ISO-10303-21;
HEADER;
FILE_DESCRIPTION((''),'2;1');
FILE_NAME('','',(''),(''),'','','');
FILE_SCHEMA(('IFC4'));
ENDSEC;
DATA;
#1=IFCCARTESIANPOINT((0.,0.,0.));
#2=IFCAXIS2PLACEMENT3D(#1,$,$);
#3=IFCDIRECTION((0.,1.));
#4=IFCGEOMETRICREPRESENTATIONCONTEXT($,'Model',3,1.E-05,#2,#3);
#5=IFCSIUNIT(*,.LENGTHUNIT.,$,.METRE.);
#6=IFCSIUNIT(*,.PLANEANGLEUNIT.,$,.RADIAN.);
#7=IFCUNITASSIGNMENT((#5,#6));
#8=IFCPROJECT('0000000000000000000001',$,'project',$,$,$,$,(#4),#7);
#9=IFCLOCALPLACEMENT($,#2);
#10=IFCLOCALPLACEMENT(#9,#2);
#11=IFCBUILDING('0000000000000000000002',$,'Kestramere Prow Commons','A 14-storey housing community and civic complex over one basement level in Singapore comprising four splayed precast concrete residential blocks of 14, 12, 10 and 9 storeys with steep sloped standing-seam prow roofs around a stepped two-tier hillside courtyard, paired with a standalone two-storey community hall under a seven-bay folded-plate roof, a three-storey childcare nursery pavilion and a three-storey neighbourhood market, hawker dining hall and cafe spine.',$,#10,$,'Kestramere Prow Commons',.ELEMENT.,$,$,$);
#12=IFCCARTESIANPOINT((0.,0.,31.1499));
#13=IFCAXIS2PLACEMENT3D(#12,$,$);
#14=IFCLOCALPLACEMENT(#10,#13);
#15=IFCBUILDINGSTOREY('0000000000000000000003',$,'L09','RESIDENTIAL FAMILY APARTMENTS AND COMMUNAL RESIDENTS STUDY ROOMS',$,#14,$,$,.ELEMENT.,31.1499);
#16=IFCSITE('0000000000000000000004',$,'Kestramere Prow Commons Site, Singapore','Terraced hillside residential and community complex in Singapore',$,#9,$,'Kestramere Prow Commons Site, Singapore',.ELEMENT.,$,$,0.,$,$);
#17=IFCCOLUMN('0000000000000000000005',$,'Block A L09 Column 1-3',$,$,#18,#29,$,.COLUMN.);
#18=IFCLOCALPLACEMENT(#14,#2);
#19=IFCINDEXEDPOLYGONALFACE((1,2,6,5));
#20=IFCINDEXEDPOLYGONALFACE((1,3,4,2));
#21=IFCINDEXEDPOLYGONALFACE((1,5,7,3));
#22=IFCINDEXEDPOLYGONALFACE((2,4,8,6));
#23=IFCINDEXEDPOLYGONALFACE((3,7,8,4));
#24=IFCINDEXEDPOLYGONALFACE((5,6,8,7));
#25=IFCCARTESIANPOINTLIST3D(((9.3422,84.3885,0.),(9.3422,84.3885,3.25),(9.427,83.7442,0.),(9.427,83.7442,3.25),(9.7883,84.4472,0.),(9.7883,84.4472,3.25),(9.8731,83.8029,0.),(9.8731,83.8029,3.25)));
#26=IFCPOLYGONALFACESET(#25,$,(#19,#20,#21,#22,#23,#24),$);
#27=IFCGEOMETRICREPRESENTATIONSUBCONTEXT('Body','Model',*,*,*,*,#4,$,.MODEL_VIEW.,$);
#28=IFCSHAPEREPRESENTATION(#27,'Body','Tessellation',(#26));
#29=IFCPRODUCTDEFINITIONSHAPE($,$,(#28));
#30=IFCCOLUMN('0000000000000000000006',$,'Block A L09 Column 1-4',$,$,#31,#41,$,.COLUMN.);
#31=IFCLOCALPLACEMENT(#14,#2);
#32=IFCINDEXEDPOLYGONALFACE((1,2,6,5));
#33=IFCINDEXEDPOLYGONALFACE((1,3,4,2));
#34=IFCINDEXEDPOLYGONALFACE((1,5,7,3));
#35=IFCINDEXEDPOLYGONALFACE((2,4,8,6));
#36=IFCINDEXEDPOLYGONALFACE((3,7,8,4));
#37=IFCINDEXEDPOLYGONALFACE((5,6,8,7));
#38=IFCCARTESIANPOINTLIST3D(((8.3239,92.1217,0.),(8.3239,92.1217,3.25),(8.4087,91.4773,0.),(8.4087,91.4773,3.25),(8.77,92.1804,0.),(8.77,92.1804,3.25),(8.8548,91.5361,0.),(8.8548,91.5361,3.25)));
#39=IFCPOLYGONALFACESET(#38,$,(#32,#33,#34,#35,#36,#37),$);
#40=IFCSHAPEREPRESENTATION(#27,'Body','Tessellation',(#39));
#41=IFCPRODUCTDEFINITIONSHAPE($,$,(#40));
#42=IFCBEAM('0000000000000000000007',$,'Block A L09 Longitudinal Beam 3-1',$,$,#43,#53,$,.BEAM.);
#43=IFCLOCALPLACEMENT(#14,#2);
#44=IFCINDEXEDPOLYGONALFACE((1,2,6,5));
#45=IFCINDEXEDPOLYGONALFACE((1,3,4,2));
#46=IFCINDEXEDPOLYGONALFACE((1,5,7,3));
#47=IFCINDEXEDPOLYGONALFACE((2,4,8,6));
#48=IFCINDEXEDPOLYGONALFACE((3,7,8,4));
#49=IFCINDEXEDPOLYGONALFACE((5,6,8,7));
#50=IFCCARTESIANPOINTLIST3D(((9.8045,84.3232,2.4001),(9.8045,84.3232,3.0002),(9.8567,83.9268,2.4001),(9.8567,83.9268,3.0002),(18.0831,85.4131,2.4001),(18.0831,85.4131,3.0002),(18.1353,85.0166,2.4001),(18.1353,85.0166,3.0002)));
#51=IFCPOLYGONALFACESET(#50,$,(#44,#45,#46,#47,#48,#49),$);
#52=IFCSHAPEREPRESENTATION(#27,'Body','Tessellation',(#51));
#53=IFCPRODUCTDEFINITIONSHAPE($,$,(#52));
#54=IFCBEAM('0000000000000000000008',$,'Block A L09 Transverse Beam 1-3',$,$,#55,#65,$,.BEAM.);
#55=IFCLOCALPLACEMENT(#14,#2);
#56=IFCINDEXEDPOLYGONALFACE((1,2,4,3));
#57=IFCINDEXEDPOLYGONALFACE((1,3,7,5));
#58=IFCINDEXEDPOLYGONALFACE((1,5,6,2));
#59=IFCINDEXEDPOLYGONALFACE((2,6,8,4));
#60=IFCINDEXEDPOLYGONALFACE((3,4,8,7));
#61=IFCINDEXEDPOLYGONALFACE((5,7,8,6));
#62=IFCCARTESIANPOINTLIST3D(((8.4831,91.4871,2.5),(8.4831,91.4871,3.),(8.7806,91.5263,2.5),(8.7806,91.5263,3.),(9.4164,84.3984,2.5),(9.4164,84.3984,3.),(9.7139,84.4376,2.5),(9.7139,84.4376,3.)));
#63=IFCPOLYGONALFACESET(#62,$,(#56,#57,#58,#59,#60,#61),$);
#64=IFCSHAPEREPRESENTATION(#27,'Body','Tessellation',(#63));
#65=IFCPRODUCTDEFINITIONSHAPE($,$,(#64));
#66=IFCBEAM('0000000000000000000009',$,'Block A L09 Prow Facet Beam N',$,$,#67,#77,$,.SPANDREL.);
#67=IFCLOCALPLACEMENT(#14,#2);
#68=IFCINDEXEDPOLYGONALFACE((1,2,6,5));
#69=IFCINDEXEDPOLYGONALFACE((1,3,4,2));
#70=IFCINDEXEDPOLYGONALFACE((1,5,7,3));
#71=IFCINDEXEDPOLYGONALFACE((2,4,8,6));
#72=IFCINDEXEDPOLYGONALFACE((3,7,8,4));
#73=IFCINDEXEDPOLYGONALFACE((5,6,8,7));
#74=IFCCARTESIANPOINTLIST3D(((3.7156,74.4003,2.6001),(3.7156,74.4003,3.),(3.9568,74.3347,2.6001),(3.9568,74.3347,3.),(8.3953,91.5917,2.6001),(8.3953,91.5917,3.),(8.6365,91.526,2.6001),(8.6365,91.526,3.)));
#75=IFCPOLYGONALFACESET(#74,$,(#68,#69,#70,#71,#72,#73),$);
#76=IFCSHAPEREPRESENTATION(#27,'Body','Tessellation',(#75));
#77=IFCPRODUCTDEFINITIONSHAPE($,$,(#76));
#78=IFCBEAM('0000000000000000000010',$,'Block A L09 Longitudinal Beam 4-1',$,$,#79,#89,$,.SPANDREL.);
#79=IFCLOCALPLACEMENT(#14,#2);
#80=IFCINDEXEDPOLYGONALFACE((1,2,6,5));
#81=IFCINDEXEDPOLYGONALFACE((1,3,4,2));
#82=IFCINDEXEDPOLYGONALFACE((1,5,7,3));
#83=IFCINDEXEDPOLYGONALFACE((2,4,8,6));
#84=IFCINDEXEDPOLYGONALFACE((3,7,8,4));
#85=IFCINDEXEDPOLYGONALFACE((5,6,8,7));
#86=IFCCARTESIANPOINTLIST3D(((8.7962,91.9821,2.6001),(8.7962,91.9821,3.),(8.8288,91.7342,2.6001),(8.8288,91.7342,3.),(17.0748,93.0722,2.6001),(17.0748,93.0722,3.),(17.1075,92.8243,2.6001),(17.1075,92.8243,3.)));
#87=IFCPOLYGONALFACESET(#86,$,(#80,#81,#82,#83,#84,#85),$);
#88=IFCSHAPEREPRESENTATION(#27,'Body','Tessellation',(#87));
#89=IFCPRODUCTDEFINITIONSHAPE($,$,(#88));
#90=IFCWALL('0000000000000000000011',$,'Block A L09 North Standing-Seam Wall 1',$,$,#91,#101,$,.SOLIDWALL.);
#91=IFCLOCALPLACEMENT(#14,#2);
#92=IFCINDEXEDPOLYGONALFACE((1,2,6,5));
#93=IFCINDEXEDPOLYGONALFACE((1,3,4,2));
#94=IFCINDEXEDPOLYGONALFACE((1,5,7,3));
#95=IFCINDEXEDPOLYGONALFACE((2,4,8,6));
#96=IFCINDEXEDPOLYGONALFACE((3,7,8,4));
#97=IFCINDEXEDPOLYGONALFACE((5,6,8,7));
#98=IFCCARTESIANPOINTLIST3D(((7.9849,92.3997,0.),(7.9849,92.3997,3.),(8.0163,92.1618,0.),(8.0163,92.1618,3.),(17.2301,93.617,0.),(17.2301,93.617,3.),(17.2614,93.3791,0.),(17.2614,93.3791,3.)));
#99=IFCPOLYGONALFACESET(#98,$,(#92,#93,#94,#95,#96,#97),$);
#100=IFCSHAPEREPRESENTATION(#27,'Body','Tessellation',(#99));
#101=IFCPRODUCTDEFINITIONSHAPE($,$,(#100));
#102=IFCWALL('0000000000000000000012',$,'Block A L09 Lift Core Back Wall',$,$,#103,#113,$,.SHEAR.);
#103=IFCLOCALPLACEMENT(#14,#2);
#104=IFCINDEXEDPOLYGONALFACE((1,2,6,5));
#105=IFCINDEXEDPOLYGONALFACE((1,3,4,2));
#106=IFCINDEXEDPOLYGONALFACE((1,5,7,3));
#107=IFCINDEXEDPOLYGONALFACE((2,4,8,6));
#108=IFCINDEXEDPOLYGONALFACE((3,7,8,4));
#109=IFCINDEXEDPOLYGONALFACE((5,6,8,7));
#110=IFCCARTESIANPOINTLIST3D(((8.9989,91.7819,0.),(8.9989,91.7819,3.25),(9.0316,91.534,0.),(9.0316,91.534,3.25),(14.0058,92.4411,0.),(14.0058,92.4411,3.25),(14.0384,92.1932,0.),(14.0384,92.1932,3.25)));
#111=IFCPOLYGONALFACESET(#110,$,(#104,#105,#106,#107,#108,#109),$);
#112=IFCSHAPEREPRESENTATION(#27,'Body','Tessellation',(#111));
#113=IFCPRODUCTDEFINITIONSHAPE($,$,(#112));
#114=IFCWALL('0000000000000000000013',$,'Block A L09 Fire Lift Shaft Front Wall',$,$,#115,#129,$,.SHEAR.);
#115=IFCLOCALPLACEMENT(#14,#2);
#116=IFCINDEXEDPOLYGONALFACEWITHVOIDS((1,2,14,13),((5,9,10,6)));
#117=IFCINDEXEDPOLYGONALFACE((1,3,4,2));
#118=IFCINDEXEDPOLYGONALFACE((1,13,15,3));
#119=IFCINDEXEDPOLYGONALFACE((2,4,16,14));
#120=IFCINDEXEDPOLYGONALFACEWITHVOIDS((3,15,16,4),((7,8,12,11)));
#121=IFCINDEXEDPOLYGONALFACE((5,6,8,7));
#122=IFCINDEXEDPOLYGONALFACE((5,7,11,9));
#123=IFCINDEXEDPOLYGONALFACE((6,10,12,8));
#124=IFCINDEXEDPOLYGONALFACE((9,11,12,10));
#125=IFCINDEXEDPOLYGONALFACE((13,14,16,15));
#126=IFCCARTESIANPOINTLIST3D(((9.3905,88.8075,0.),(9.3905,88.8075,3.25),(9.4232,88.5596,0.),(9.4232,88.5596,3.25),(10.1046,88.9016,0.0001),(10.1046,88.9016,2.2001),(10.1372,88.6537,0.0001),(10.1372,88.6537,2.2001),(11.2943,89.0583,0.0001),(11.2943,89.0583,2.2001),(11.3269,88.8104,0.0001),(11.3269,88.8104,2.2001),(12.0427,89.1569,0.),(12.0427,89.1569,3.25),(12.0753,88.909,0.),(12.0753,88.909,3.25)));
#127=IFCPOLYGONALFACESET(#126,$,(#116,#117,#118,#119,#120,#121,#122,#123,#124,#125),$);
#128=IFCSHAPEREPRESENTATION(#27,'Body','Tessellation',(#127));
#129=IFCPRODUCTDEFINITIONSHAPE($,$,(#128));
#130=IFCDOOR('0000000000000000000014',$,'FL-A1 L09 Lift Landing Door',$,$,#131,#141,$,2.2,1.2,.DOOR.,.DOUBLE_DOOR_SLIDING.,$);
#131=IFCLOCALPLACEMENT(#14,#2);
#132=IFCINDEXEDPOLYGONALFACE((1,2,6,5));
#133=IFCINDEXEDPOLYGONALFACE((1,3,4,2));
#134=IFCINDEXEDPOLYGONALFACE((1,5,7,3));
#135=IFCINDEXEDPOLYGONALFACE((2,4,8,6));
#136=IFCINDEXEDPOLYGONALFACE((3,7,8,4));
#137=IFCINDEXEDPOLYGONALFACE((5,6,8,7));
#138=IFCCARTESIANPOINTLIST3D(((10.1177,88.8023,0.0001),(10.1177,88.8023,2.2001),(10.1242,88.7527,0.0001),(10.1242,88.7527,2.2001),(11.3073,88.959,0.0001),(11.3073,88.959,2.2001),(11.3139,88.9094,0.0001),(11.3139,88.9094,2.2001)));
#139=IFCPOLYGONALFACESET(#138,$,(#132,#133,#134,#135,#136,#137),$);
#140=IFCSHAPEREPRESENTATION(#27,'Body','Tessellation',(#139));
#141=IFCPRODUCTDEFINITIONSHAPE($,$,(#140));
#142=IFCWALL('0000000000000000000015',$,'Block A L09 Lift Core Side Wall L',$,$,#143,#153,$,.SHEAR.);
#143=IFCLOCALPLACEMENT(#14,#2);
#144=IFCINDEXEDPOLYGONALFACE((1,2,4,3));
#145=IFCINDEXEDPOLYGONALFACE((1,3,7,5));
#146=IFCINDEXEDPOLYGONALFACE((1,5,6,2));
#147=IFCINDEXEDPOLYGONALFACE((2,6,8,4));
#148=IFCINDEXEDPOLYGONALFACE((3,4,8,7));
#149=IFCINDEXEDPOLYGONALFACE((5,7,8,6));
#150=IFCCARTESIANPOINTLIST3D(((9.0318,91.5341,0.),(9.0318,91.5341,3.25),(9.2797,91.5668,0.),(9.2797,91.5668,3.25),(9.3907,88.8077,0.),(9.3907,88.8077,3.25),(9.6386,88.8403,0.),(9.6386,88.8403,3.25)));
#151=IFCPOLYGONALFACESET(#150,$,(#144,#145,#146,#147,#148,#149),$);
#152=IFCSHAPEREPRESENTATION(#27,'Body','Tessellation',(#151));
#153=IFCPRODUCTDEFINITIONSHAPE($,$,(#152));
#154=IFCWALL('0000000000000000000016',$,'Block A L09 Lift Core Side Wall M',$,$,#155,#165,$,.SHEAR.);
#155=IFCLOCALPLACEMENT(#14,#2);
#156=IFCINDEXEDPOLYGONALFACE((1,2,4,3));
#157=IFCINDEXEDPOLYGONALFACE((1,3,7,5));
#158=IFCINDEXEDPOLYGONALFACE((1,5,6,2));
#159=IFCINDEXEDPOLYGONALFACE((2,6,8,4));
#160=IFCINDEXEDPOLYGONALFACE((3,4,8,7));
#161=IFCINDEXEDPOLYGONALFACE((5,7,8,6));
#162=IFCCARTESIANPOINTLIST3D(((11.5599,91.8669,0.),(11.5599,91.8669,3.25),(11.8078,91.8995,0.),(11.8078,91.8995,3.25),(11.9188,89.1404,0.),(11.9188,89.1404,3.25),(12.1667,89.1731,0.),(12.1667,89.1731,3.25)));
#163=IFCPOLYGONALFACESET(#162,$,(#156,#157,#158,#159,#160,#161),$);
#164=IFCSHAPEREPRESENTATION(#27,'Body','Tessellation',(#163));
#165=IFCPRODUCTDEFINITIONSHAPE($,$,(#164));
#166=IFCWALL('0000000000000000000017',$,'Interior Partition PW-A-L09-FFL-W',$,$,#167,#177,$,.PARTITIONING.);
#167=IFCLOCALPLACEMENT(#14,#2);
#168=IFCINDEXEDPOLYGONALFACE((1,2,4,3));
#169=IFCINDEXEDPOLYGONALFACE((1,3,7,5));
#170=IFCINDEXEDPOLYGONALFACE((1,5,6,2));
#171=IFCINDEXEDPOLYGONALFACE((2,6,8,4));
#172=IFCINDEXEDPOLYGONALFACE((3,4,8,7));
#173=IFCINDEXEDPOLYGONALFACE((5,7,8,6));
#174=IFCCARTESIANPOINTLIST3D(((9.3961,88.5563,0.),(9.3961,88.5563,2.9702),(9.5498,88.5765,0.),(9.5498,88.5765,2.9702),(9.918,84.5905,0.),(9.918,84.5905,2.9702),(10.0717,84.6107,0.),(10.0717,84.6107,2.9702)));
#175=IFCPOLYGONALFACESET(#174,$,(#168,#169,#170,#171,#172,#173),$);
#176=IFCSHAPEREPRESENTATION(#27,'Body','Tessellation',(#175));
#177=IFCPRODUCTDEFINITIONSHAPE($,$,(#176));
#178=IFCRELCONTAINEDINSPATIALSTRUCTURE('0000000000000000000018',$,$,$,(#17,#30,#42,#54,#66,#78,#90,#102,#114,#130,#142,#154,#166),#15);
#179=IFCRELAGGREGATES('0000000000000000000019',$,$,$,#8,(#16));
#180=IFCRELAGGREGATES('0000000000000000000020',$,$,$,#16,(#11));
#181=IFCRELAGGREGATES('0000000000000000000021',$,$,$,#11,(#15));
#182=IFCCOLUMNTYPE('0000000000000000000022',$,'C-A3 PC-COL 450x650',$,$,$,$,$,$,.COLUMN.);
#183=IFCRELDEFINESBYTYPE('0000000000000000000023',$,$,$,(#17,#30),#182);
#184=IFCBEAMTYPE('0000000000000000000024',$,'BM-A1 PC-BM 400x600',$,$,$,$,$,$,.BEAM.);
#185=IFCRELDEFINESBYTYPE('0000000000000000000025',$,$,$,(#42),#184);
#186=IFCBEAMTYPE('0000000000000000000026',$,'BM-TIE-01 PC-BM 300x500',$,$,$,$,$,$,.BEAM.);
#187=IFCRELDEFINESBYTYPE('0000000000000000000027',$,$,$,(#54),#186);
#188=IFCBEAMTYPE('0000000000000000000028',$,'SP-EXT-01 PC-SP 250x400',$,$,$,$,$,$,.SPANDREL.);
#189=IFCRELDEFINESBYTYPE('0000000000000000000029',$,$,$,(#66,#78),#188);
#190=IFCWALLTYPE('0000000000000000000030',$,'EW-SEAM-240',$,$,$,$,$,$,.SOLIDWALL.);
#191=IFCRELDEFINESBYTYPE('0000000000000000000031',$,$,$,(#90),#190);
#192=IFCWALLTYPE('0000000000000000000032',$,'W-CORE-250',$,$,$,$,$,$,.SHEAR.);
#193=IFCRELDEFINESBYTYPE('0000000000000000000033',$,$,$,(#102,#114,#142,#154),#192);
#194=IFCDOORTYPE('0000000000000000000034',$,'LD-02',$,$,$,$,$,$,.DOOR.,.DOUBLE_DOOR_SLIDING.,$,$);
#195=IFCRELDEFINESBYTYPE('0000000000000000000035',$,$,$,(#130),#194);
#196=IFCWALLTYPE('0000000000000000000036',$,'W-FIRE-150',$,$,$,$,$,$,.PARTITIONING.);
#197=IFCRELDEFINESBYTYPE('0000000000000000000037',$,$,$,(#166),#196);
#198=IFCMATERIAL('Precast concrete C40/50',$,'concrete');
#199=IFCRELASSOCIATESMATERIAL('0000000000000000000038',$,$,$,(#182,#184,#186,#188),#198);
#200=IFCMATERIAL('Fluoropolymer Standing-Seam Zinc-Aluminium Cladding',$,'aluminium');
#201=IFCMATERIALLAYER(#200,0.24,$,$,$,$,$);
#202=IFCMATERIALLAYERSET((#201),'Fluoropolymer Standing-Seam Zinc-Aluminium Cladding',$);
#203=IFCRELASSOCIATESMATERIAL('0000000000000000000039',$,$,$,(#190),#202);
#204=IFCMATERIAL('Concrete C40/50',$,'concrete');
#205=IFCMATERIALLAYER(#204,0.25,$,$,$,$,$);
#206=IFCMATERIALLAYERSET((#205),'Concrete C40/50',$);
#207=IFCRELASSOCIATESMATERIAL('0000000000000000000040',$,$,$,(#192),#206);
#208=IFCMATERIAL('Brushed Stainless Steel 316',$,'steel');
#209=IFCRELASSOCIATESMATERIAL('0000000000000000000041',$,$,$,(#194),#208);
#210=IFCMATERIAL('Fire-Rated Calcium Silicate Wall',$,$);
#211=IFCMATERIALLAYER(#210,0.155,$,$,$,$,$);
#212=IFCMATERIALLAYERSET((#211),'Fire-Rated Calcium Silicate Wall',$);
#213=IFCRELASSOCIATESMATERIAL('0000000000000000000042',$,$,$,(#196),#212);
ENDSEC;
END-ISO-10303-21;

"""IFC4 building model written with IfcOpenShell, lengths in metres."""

from ifc_helpers import new_model, si_unit, direction, frame, frame_2d, origin, origin_2d, place, context, subcontext, project, spatial, rectangle, extrude, material, layer, layer_set, material_profile, profile_set, type_object, element, fill, save


model = new_model("IFC4")

# Units and contexts
model_context = context("Model", 3, precision=1e-05, world=origin(), true_north=direction((0.0, 1.0)))
body_context = subcontext(model_context, "Body", "Model", "MODEL_VIEW")
ifc_project = project(units=[si_unit("LENGTHUNIT", "METRE"), si_unit("PLANEANGLEUNIT", "RADIAN")], contexts=[model_context])

# Site, building, storey
site_placement = place(None, origin())
site = spatial("IfcSite", under=ifc_project, at=site_placement, Name="Kestramere Prow Commons Site, Singapore", Description="Terraced hillside residential and community complex in Singapore", LongName="Kestramere Prow Commons Site, Singapore", CompositionType="ELEMENT", RefElevation=0.0)
building_placement = place(site_placement, origin())
building = spatial("IfcBuilding", under=site, at=building_placement, Name="Kestramere Prow Commons", Description="A 14-storey housing community and civic complex over one basement level in Singapore comprising four splayed precast concrete residential blocks of 14, 12, 10 and 9 storeys with steep sloped standing-seam prow roofs around a stepped two-tier hillside courtyard, paired with a standalone two-storey community hall under a seven-bay folded-plate roof, a three-storey childcare nursery pavilion and a three-storey neighbourhood market, hawker dining hall and cafe spine.", LongName="Kestramere Prow Commons", CompositionType="ELEMENT")
storey_placement = place(building_placement, frame((0.0, 0.0, 31.1499)))
storey = spatial("IfcBuildingStorey", under=building, at=storey_placement, Name="L09", Description="RESIDENTIAL FAMILY APARTMENTS AND COMMUNAL RESIDENTS STUDY ROOMS", CompositionType="ELEMENT", Elevation=31.1499)

# Columns
ifc_material_1 = material(Name="Precast concrete C40/50", Category="concrete")
ifc_material_profile_1 = material_profile(ifc_material_1, rectangle(XDim=0.45, YDim=0.6499, at=origin_2d()), Name="PC-COL 450x650")
ifc_profile_set_1 = profile_set([ifc_material_profile_1], Name="Precast concrete C40/50")
column_type = type_object("IfcColumnType", Name="C-A3 PC-COL 450x650", PredefinedType="COLUMN", material=ifc_profile_set_1)
for number, where, z_axis, x_axis, name in (
    (1, (9.6077, 84.0957, 0.0), (0.0, 0.0, 1.0), (0.991445, 0.130526, 0.0), "Block A L09 Column 1-3"),
    (2, (8.5894, 91.8289, 0.0), (0.0, 0.0, 1.0), (0.991445, 0.130526, 0.0), "Block A L09 Column 1-4"),
):
    element("IfcColumn", number, at=place(storey_placement, frame(where, z_axis=z_axis, x_axis=x_axis)), inside=storey, type_object=column_type, Name=name, PredefinedType="COLUMN", context=body_context, shape_type="SweptSolid", body=[
        extrude(rectangle(XDim=0.45, YDim=0.6499, at=origin_2d()), origin(), (0.0, 0.0, 1.0), 3.25),
    ])

# Beams
ifc_material_profile_2 = material_profile(ifc_material_1, rectangle(XDim=0.3999, YDim=0.6001, at=origin_2d()), Name="PC-BM 400x600")
ifc_profile_set_2 = profile_set([ifc_material_profile_2], Name="Precast concrete C40/50")
beam_type_1 = type_object("IfcBeamType", Name="BM-A1 PC-BM 400x600", PredefinedType="BEAM", material=ifc_profile_set_2)
beam_1_placement = place(storey_placement, frame((9.8306, 84.125, 2.7002), z_axis=(0.991446, 0.13052, 0.0), x_axis=(-0.13052, 0.991446, 0.0)))
element("IfcBeam", 3, at=beam_1_placement, inside=storey, type_object=beam_type_1, Name="Block A L09 Longitudinal Beam 3-1", PredefinedType="BEAM", context=body_context, shape_type="SweptSolid", body=[
    extrude(rectangle(XDim=0.3999, YDim=0.6001, at=origin_2d()), origin(), (0.0, 0.0, 1.0), 8.3501),
])
ifc_material_profile_3 = material_profile(ifc_material_1, rectangle(XDim=0.3, YDim=0.5, at=origin_2d()), Name="PC-BM 300x500")
ifc_profile_set_3 = profile_set([ifc_material_profile_3], Name="Precast concrete C40/50")
beam_type_2 = type_object("IfcBeamType", Name="BM-TIE-01 PC-BM 300x500", PredefinedType="BEAM", material=ifc_profile_set_3)
beam_2_placement = place(storey_placement, frame((9.5652, 84.418, 2.75), z_axis=(-0.130542, 0.991443, 0.0), x_axis=(-0.991443, -0.130542, 0.0)))
element("IfcBeam", 4, at=beam_2_placement, inside=storey, type_object=beam_type_2, Name="Block A L09 Transverse Beam 1-3", PredefinedType="BEAM", context=body_context, shape_type="SweptSolid", body=[
    extrude(rectangle(XDim=0.3, YDim=0.5, at=origin_2d()), origin(), (0.0, 0.0, 1.0), 7.1499),
])
ifc_material_profile_4 = material_profile(ifc_material_1, rectangle(XDim=0.25, YDim=0.3999, at=origin_2d()), Name="PC-SP 250x400")
ifc_profile_set_4 = profile_set([ifc_material_profile_4], Name="Precast concrete C40/50")
beam_type_3 = type_object("IfcBeamType", Name="SP-EXT-01 PC-SP 250x400", PredefinedType="SPANDREL", material=ifc_profile_set_4)
beam_3_placement = place(storey_placement, frame((8.5159, 91.5588, 2.8), z_axis=(-0.262654, -0.96489, 0.0), x_axis=(0.96489, -0.262654, 0.0)))
element("IfcBeam", 5, at=beam_3_placement, inside=storey, type_object=beam_type_3, Name="Block A L09 Prow Facet Beam N", PredefinedType="SPANDREL", context=body_context, shape_type="SweptSolid", body=[
    extrude(rectangle(XDim=0.25, YDim=0.3999, at=origin_2d()), origin(), (0.0, 0.0, 1.0), 17.8169),
])
beam_4_placement = place(storey_placement, frame((8.8125, 91.8582, 2.8), z_axis=(0.991442, 0.130549, 0.0), x_axis=(-0.130549, 0.991442, 0.0)))
element("IfcBeam", 6, at=beam_4_placement, inside=storey, type_object=beam_type_3, Name="Block A L09 Longitudinal Beam 4-1", PredefinedType="SPANDREL", context=body_context, shape_type="SweptSolid", body=[
    extrude(rectangle(XDim=0.25, YDim=0.3999, at=origin_2d()), origin(), (0.0, 0.0, 1.0), 8.3501),
])

# Walls
ifc_material_2 = material(Name="Fluoropolymer Standing-Seam Zinc-Aluminium Cladding", Category="aluminium")
ifc_layer_1 = layer(ifc_material_2, 0.24)
ifc_layer_set_1 = layer_set([ifc_layer_1], Name="Fluoropolymer Standing-Seam Zinc-Aluminium Cladding")
wall_type_1 = type_object("IfcWallType", Name="EW-SEAM-240", PredefinedType="SOLIDWALL", material=ifc_layer_set_1)
wall_1_placement = place(storey_placement, frame((8.0005, 92.2808, 0.0), z_axis=(0.0, 0.0, 1.0), x_axis=(0.991443, 0.130541, 0.0)))
element("IfcWall", 7, at=wall_1_placement, inside=storey, type_object=wall_type_1, Name="Block A L09 North Standing-Seam Wall 1", PredefinedType="SOLIDWALL", context=body_context, shape_type="SweptSolid", body=[
    extrude(rectangle(XDim=9.325, YDim=0.24, at=frame_2d((4.6626, 0.0))), origin(), (0.0, 0.0, 1.0), 3.0),
])
ifc_material_3 = material(Name="Concrete C40/50", Category="concrete")
ifc_layer_2 = layer(ifc_material_3, 0.25)
ifc_layer_set_2 = layer_set([ifc_layer_2], Name="Concrete C40/50")
wall_type_2 = type_object("IfcWallType", Name="W-CORE-250", PredefinedType="SHEAR", material=ifc_layer_set_2)
wall_2_placement = place(storey_placement, frame((9.0154, 91.658, 0.0), z_axis=(0.0, 0.0, 1.0), x_axis=(0.991444, 0.13053, 0.0)))
element("IfcWall", 8, at=wall_2_placement, inside=storey, type_object=wall_type_2, Name="Block A L09 Lift Core Back Wall", PredefinedType="SHEAR", context=body_context, shape_type="SweptSolid", body=[
    extrude(rectangle(XDim=5.05, YDim=0.25, at=frame_2d((2.5249, 0.0))), origin(), (0.0, 0.0, 1.0), 3.25),
])

# Wall, opening, door
wall_3_placement = place(storey_placement, frame((9.407, 88.6836, 0.0), z_axis=(0.0, 0.0, 1.0), x_axis=(0.991435, 0.130603, 0.0)))
wall_3 = element("IfcWall", 9, at=wall_3_placement, inside=storey, type_object=wall_type_2, Name="Block A L09 Fire Lift Shaft Front Wall", PredefinedType="SHEAR", context=body_context, shape_type="SweptSolid", body=[
    extrude(rectangle(XDim=2.675, YDim=0.25, at=frame_2d((1.3374, 0.0))), origin(), (0.0, 0.0, 1.0), 3.25),
])
opening_1_placement = place(wall_3_placement, frame((0.72, 0.0, 0.0)))
opening_1 = element("IfcOpeningElement", 10, at=opening_1_placement, cuts=wall_3, PredefinedType="OPENING", context=body_context, shape_type="SweptSolid", body=[
    extrude(rectangle(XDim=1.2, YDim=2.2, at=frame_2d((0.6001, 1.1001))), frame((0.0, 0.1399, 0.0), z_axis=(0.0, -1.0, 0.0), x_axis=(1.0, 0.0, 0.0)), (0.0, 0.0, 1.0), 0.28),
])
ifc_material_4 = material(Name="Brushed Stainless Steel 316", Category="steel")
door_type_1 = type_object("IfcDoorType", Name="LD-02", OperationType="DOUBLE_DOOR_SLIDING", PredefinedType="DOOR", material=ifc_material_4)
door_1_placement = place(opening_1_placement, origin())
door_1 = element("IfcDoor", 11, at=door_1_placement, inside=storey, type_object=door_type_1, Name="FL-A1 L09 Lift Landing Door", OperationType="DOUBLE_DOOR_SLIDING", OverallHeight=2.2, OverallWidth=1.2, PredefinedType="DOOR", context=body_context, shape_type="SweptSolid", body=[
    extrude(rectangle(XDim=1.2, YDim=2.2, at=frame_2d((0.6001, 1.1001))), frame((0.0, 0.0249, 0.0), z_axis=(0.0, -1.0, 0.0), x_axis=(1.0, 0.0, 0.0)), (0.0, 0.0, 1.0), 0.05),
])
fill(opening_1, door_1)

# Walls
for number, where, z_axis, x_axis, name in (
    (12, (9.5146, 88.824, 0.0), (0.0, 0.0, 1.0), (-0.1305, 0.991448, 0.0), "Block A L09 Lift Core Side Wall L"),
    (13, (12.0427, 89.1567, 0.0), (0.0, 0.0, 1.0), (-0.1305, 0.991448, 0.0), "Block A L09 Lift Core Side Wall M"),
):
    element("IfcWall", number, at=place(storey_placement, frame(where, z_axis=z_axis, x_axis=x_axis)), inside=storey, type_object=wall_type_2, Name=name, PredefinedType="SHEAR", context=body_context, shape_type="SweptSolid", body=[
        extrude(rectangle(XDim=2.75, YDim=0.25, at=frame_2d((1.375, 0.0))), origin(), (0.0, 0.0, 1.0), 3.25),
    ])

# Shared definitions
ifc_material_5 = material(Name="Fire-Rated Calcium Silicate Wall")
ifc_layer_3 = layer(ifc_material_5, 0.155)
ifc_layer_set_3 = layer_set([ifc_layer_3], Name="Fire-Rated Calcium Silicate Wall")
wall_type_3 = type_object("IfcWallType", Name="W-FIRE-150", PredefinedType="PARTITIONING", material=ifc_layer_set_3)

# Wall
wall_4_placement = place(storey_placement, frame((9.9949, 84.6006, 0.0), z_axis=(0.0, 0.0, 1.0), x_axis=(-0.130492, 0.991449, 0.0)))
element("IfcWall", 14, at=wall_4_placement, inside=storey, type_object=wall_type_3, Name="Interior Partition PW-A-L09-FFL-W", PredefinedType="PARTITIONING", context=body_context, shape_type="SweptSolid", body=[
    extrude(rectangle(XDim=4.0, YDim=0.155, at=frame_2d((2.0, 0.0))), origin(), (0.0, 0.0, 1.0), 2.9702),
])

save(model, "model.ifc")
